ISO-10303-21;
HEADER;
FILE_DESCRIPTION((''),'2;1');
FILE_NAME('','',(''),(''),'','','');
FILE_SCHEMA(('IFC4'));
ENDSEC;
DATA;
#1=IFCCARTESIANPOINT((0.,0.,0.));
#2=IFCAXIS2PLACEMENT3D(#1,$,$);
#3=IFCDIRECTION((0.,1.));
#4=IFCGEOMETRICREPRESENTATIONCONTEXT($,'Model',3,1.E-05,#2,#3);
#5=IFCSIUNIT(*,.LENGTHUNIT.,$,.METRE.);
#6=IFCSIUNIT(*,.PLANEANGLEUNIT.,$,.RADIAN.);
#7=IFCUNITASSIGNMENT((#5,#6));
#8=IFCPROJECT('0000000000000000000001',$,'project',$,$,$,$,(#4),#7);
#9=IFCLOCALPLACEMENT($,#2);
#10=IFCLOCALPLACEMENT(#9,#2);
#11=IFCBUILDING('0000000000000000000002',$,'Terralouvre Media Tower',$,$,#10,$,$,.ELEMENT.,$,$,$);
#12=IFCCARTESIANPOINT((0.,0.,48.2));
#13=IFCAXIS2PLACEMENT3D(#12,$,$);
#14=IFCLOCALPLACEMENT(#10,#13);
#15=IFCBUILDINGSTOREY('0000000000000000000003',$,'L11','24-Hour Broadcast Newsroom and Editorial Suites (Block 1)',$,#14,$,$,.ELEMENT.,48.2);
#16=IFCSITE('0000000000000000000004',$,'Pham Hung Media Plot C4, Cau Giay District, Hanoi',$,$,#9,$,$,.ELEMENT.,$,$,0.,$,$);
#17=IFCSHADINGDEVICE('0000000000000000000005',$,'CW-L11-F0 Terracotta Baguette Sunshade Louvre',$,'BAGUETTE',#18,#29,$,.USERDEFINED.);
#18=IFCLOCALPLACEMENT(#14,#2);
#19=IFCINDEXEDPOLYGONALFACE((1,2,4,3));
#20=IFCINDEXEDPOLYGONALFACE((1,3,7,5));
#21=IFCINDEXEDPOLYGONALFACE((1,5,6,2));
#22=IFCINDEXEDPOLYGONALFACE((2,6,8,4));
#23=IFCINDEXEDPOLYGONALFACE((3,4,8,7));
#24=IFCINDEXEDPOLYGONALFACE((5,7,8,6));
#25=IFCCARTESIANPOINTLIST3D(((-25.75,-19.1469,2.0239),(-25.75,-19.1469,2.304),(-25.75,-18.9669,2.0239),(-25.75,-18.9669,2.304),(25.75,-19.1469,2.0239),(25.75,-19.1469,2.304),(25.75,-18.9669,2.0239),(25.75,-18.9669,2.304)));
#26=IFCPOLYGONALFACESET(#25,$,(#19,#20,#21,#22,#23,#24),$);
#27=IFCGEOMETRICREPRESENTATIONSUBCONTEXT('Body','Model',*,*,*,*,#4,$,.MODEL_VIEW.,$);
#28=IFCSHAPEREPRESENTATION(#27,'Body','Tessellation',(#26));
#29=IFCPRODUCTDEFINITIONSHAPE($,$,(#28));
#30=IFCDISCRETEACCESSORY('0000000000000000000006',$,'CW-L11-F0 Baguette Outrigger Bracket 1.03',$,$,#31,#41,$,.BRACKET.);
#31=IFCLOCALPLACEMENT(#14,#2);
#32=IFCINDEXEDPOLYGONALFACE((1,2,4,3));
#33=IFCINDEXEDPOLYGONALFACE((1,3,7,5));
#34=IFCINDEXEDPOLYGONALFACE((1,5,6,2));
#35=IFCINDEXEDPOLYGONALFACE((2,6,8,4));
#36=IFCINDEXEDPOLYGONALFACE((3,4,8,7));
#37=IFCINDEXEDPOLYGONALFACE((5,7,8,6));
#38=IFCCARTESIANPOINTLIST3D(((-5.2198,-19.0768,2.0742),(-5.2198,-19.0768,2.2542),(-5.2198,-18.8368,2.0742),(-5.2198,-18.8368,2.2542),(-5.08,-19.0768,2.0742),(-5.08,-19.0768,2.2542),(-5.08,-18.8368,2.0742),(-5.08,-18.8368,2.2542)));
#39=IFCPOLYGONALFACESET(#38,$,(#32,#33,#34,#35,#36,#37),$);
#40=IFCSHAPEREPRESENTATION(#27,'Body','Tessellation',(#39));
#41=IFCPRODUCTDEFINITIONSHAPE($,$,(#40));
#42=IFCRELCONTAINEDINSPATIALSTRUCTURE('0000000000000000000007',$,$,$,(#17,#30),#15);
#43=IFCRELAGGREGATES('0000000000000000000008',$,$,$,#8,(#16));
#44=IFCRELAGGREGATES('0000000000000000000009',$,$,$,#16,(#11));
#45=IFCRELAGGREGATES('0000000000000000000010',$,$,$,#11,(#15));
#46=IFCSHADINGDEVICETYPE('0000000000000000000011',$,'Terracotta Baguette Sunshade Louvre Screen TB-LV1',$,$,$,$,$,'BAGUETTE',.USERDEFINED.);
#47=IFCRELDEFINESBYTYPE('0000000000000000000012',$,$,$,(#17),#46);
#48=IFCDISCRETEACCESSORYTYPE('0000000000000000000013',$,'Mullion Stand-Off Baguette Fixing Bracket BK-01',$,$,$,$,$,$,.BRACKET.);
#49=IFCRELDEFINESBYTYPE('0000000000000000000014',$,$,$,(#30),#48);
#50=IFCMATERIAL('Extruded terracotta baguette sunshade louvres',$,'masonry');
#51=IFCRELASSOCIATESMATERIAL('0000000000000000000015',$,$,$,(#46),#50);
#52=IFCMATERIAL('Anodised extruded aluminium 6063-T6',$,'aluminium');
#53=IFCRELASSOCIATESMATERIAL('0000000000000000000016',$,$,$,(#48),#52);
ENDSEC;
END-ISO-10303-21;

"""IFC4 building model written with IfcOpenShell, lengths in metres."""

from ifc_helpers import new_model, si_unit, direction, frame, origin, origin_2d, place, context, subcontext, project, spatial, rectangle, extrude, material, type_object, element, save


model = new_model("IFC4")

# Units and contexts
model_context = context("Model", 3, precision=1e-05, world=origin(), true_north=direction((0.0, 1.0)))
body_context = subcontext(model_context, "Body", "Model", "MODEL_VIEW")
ifc_project = project(units=[si_unit("LENGTHUNIT", "METRE"), si_unit("PLANEANGLEUNIT", "RADIAN")], contexts=[model_context])

# Site, building, storey
site_placement = place(None, origin())
site = spatial("IfcSite", under=ifc_project, at=site_placement, Name="Pham Hung Media Plot C4, Cau Giay District, Hanoi", CompositionType="ELEMENT", RefElevation=0.0)
building_placement = place(site_placement, origin())
building = spatial("IfcBuilding", under=site, at=building_placement, Name="Terralouvre Media Tower", CompositionType="ELEMENT")
storey_placement = place(building_placement, frame((0.0, 0.0, 48.2)))
storey = spatial("IfcBuildingStorey", under=building, at=storey_placement, Name="L11", Description="24-Hour Broadcast Newsroom and Editorial Suites (Block 1)", CompositionType="ELEMENT", Elevation=48.2)

# Shading device
ifc_material_1 = material(Name="Extruded terracotta baguette sunshade louvres", Category="masonry")
shading_device_type = type_object("IfcShadingDeviceType", Name="Terracotta Baguette Sunshade Louvre Screen TB-LV1", ElementType="BAGUETTE", PredefinedType="USERDEFINED", material=ifc_material_1)
shading_device_placement = place(storey_placement, frame((0.0, -19.0569, 2.0239), z_axis=(0.0, 0.0, 1.0), x_axis=(1.0, 0.0, 0.0)))
element("IfcShadingDevice", 1, at=shading_device_placement, inside=storey, type_object=shading_device_type, Name="CW-L11-F0 Terracotta Baguette Sunshade Louvre", ObjectType="BAGUETTE", PredefinedType="USERDEFINED", context=body_context, shape_type="SweptSolid", body=[
    extrude(rectangle(XDim=51.5, YDim=0.1799, at=origin_2d()), origin(), (0.0, 0.0, 1.0), 0.28),
])

# Discrete accessory
ifc_material_2 = material(Name="Anodised extruded aluminium 6063-T6", Category="aluminium")
discrete_accessory_type = type_object("IfcDiscreteAccessoryType", Name="Mullion Stand-Off Baguette Fixing Bracket BK-01", PredefinedType="BRACKET", material=ifc_material_2)
discrete_accessory_placement = place(storey_placement, frame((-5.1499, -18.9568, 2.0742), z_axis=(0.0, 0.0, 1.0), x_axis=(1.0, 0.0, 0.0)))
element("IfcDiscreteAccessory", 2, at=discrete_accessory_placement, inside=storey, type_object=discrete_accessory_type, Name="CW-L11-F0 Baguette Outrigger Bracket 1.03", PredefinedType="BRACKET", context=body_context, shape_type="SweptSolid", body=[
    extrude(rectangle(XDim=0.1399, YDim=0.24, at=origin_2d()), origin(), (0.0, 0.0, 1.0), 0.1799),
])

save(model, "model.ifc")
